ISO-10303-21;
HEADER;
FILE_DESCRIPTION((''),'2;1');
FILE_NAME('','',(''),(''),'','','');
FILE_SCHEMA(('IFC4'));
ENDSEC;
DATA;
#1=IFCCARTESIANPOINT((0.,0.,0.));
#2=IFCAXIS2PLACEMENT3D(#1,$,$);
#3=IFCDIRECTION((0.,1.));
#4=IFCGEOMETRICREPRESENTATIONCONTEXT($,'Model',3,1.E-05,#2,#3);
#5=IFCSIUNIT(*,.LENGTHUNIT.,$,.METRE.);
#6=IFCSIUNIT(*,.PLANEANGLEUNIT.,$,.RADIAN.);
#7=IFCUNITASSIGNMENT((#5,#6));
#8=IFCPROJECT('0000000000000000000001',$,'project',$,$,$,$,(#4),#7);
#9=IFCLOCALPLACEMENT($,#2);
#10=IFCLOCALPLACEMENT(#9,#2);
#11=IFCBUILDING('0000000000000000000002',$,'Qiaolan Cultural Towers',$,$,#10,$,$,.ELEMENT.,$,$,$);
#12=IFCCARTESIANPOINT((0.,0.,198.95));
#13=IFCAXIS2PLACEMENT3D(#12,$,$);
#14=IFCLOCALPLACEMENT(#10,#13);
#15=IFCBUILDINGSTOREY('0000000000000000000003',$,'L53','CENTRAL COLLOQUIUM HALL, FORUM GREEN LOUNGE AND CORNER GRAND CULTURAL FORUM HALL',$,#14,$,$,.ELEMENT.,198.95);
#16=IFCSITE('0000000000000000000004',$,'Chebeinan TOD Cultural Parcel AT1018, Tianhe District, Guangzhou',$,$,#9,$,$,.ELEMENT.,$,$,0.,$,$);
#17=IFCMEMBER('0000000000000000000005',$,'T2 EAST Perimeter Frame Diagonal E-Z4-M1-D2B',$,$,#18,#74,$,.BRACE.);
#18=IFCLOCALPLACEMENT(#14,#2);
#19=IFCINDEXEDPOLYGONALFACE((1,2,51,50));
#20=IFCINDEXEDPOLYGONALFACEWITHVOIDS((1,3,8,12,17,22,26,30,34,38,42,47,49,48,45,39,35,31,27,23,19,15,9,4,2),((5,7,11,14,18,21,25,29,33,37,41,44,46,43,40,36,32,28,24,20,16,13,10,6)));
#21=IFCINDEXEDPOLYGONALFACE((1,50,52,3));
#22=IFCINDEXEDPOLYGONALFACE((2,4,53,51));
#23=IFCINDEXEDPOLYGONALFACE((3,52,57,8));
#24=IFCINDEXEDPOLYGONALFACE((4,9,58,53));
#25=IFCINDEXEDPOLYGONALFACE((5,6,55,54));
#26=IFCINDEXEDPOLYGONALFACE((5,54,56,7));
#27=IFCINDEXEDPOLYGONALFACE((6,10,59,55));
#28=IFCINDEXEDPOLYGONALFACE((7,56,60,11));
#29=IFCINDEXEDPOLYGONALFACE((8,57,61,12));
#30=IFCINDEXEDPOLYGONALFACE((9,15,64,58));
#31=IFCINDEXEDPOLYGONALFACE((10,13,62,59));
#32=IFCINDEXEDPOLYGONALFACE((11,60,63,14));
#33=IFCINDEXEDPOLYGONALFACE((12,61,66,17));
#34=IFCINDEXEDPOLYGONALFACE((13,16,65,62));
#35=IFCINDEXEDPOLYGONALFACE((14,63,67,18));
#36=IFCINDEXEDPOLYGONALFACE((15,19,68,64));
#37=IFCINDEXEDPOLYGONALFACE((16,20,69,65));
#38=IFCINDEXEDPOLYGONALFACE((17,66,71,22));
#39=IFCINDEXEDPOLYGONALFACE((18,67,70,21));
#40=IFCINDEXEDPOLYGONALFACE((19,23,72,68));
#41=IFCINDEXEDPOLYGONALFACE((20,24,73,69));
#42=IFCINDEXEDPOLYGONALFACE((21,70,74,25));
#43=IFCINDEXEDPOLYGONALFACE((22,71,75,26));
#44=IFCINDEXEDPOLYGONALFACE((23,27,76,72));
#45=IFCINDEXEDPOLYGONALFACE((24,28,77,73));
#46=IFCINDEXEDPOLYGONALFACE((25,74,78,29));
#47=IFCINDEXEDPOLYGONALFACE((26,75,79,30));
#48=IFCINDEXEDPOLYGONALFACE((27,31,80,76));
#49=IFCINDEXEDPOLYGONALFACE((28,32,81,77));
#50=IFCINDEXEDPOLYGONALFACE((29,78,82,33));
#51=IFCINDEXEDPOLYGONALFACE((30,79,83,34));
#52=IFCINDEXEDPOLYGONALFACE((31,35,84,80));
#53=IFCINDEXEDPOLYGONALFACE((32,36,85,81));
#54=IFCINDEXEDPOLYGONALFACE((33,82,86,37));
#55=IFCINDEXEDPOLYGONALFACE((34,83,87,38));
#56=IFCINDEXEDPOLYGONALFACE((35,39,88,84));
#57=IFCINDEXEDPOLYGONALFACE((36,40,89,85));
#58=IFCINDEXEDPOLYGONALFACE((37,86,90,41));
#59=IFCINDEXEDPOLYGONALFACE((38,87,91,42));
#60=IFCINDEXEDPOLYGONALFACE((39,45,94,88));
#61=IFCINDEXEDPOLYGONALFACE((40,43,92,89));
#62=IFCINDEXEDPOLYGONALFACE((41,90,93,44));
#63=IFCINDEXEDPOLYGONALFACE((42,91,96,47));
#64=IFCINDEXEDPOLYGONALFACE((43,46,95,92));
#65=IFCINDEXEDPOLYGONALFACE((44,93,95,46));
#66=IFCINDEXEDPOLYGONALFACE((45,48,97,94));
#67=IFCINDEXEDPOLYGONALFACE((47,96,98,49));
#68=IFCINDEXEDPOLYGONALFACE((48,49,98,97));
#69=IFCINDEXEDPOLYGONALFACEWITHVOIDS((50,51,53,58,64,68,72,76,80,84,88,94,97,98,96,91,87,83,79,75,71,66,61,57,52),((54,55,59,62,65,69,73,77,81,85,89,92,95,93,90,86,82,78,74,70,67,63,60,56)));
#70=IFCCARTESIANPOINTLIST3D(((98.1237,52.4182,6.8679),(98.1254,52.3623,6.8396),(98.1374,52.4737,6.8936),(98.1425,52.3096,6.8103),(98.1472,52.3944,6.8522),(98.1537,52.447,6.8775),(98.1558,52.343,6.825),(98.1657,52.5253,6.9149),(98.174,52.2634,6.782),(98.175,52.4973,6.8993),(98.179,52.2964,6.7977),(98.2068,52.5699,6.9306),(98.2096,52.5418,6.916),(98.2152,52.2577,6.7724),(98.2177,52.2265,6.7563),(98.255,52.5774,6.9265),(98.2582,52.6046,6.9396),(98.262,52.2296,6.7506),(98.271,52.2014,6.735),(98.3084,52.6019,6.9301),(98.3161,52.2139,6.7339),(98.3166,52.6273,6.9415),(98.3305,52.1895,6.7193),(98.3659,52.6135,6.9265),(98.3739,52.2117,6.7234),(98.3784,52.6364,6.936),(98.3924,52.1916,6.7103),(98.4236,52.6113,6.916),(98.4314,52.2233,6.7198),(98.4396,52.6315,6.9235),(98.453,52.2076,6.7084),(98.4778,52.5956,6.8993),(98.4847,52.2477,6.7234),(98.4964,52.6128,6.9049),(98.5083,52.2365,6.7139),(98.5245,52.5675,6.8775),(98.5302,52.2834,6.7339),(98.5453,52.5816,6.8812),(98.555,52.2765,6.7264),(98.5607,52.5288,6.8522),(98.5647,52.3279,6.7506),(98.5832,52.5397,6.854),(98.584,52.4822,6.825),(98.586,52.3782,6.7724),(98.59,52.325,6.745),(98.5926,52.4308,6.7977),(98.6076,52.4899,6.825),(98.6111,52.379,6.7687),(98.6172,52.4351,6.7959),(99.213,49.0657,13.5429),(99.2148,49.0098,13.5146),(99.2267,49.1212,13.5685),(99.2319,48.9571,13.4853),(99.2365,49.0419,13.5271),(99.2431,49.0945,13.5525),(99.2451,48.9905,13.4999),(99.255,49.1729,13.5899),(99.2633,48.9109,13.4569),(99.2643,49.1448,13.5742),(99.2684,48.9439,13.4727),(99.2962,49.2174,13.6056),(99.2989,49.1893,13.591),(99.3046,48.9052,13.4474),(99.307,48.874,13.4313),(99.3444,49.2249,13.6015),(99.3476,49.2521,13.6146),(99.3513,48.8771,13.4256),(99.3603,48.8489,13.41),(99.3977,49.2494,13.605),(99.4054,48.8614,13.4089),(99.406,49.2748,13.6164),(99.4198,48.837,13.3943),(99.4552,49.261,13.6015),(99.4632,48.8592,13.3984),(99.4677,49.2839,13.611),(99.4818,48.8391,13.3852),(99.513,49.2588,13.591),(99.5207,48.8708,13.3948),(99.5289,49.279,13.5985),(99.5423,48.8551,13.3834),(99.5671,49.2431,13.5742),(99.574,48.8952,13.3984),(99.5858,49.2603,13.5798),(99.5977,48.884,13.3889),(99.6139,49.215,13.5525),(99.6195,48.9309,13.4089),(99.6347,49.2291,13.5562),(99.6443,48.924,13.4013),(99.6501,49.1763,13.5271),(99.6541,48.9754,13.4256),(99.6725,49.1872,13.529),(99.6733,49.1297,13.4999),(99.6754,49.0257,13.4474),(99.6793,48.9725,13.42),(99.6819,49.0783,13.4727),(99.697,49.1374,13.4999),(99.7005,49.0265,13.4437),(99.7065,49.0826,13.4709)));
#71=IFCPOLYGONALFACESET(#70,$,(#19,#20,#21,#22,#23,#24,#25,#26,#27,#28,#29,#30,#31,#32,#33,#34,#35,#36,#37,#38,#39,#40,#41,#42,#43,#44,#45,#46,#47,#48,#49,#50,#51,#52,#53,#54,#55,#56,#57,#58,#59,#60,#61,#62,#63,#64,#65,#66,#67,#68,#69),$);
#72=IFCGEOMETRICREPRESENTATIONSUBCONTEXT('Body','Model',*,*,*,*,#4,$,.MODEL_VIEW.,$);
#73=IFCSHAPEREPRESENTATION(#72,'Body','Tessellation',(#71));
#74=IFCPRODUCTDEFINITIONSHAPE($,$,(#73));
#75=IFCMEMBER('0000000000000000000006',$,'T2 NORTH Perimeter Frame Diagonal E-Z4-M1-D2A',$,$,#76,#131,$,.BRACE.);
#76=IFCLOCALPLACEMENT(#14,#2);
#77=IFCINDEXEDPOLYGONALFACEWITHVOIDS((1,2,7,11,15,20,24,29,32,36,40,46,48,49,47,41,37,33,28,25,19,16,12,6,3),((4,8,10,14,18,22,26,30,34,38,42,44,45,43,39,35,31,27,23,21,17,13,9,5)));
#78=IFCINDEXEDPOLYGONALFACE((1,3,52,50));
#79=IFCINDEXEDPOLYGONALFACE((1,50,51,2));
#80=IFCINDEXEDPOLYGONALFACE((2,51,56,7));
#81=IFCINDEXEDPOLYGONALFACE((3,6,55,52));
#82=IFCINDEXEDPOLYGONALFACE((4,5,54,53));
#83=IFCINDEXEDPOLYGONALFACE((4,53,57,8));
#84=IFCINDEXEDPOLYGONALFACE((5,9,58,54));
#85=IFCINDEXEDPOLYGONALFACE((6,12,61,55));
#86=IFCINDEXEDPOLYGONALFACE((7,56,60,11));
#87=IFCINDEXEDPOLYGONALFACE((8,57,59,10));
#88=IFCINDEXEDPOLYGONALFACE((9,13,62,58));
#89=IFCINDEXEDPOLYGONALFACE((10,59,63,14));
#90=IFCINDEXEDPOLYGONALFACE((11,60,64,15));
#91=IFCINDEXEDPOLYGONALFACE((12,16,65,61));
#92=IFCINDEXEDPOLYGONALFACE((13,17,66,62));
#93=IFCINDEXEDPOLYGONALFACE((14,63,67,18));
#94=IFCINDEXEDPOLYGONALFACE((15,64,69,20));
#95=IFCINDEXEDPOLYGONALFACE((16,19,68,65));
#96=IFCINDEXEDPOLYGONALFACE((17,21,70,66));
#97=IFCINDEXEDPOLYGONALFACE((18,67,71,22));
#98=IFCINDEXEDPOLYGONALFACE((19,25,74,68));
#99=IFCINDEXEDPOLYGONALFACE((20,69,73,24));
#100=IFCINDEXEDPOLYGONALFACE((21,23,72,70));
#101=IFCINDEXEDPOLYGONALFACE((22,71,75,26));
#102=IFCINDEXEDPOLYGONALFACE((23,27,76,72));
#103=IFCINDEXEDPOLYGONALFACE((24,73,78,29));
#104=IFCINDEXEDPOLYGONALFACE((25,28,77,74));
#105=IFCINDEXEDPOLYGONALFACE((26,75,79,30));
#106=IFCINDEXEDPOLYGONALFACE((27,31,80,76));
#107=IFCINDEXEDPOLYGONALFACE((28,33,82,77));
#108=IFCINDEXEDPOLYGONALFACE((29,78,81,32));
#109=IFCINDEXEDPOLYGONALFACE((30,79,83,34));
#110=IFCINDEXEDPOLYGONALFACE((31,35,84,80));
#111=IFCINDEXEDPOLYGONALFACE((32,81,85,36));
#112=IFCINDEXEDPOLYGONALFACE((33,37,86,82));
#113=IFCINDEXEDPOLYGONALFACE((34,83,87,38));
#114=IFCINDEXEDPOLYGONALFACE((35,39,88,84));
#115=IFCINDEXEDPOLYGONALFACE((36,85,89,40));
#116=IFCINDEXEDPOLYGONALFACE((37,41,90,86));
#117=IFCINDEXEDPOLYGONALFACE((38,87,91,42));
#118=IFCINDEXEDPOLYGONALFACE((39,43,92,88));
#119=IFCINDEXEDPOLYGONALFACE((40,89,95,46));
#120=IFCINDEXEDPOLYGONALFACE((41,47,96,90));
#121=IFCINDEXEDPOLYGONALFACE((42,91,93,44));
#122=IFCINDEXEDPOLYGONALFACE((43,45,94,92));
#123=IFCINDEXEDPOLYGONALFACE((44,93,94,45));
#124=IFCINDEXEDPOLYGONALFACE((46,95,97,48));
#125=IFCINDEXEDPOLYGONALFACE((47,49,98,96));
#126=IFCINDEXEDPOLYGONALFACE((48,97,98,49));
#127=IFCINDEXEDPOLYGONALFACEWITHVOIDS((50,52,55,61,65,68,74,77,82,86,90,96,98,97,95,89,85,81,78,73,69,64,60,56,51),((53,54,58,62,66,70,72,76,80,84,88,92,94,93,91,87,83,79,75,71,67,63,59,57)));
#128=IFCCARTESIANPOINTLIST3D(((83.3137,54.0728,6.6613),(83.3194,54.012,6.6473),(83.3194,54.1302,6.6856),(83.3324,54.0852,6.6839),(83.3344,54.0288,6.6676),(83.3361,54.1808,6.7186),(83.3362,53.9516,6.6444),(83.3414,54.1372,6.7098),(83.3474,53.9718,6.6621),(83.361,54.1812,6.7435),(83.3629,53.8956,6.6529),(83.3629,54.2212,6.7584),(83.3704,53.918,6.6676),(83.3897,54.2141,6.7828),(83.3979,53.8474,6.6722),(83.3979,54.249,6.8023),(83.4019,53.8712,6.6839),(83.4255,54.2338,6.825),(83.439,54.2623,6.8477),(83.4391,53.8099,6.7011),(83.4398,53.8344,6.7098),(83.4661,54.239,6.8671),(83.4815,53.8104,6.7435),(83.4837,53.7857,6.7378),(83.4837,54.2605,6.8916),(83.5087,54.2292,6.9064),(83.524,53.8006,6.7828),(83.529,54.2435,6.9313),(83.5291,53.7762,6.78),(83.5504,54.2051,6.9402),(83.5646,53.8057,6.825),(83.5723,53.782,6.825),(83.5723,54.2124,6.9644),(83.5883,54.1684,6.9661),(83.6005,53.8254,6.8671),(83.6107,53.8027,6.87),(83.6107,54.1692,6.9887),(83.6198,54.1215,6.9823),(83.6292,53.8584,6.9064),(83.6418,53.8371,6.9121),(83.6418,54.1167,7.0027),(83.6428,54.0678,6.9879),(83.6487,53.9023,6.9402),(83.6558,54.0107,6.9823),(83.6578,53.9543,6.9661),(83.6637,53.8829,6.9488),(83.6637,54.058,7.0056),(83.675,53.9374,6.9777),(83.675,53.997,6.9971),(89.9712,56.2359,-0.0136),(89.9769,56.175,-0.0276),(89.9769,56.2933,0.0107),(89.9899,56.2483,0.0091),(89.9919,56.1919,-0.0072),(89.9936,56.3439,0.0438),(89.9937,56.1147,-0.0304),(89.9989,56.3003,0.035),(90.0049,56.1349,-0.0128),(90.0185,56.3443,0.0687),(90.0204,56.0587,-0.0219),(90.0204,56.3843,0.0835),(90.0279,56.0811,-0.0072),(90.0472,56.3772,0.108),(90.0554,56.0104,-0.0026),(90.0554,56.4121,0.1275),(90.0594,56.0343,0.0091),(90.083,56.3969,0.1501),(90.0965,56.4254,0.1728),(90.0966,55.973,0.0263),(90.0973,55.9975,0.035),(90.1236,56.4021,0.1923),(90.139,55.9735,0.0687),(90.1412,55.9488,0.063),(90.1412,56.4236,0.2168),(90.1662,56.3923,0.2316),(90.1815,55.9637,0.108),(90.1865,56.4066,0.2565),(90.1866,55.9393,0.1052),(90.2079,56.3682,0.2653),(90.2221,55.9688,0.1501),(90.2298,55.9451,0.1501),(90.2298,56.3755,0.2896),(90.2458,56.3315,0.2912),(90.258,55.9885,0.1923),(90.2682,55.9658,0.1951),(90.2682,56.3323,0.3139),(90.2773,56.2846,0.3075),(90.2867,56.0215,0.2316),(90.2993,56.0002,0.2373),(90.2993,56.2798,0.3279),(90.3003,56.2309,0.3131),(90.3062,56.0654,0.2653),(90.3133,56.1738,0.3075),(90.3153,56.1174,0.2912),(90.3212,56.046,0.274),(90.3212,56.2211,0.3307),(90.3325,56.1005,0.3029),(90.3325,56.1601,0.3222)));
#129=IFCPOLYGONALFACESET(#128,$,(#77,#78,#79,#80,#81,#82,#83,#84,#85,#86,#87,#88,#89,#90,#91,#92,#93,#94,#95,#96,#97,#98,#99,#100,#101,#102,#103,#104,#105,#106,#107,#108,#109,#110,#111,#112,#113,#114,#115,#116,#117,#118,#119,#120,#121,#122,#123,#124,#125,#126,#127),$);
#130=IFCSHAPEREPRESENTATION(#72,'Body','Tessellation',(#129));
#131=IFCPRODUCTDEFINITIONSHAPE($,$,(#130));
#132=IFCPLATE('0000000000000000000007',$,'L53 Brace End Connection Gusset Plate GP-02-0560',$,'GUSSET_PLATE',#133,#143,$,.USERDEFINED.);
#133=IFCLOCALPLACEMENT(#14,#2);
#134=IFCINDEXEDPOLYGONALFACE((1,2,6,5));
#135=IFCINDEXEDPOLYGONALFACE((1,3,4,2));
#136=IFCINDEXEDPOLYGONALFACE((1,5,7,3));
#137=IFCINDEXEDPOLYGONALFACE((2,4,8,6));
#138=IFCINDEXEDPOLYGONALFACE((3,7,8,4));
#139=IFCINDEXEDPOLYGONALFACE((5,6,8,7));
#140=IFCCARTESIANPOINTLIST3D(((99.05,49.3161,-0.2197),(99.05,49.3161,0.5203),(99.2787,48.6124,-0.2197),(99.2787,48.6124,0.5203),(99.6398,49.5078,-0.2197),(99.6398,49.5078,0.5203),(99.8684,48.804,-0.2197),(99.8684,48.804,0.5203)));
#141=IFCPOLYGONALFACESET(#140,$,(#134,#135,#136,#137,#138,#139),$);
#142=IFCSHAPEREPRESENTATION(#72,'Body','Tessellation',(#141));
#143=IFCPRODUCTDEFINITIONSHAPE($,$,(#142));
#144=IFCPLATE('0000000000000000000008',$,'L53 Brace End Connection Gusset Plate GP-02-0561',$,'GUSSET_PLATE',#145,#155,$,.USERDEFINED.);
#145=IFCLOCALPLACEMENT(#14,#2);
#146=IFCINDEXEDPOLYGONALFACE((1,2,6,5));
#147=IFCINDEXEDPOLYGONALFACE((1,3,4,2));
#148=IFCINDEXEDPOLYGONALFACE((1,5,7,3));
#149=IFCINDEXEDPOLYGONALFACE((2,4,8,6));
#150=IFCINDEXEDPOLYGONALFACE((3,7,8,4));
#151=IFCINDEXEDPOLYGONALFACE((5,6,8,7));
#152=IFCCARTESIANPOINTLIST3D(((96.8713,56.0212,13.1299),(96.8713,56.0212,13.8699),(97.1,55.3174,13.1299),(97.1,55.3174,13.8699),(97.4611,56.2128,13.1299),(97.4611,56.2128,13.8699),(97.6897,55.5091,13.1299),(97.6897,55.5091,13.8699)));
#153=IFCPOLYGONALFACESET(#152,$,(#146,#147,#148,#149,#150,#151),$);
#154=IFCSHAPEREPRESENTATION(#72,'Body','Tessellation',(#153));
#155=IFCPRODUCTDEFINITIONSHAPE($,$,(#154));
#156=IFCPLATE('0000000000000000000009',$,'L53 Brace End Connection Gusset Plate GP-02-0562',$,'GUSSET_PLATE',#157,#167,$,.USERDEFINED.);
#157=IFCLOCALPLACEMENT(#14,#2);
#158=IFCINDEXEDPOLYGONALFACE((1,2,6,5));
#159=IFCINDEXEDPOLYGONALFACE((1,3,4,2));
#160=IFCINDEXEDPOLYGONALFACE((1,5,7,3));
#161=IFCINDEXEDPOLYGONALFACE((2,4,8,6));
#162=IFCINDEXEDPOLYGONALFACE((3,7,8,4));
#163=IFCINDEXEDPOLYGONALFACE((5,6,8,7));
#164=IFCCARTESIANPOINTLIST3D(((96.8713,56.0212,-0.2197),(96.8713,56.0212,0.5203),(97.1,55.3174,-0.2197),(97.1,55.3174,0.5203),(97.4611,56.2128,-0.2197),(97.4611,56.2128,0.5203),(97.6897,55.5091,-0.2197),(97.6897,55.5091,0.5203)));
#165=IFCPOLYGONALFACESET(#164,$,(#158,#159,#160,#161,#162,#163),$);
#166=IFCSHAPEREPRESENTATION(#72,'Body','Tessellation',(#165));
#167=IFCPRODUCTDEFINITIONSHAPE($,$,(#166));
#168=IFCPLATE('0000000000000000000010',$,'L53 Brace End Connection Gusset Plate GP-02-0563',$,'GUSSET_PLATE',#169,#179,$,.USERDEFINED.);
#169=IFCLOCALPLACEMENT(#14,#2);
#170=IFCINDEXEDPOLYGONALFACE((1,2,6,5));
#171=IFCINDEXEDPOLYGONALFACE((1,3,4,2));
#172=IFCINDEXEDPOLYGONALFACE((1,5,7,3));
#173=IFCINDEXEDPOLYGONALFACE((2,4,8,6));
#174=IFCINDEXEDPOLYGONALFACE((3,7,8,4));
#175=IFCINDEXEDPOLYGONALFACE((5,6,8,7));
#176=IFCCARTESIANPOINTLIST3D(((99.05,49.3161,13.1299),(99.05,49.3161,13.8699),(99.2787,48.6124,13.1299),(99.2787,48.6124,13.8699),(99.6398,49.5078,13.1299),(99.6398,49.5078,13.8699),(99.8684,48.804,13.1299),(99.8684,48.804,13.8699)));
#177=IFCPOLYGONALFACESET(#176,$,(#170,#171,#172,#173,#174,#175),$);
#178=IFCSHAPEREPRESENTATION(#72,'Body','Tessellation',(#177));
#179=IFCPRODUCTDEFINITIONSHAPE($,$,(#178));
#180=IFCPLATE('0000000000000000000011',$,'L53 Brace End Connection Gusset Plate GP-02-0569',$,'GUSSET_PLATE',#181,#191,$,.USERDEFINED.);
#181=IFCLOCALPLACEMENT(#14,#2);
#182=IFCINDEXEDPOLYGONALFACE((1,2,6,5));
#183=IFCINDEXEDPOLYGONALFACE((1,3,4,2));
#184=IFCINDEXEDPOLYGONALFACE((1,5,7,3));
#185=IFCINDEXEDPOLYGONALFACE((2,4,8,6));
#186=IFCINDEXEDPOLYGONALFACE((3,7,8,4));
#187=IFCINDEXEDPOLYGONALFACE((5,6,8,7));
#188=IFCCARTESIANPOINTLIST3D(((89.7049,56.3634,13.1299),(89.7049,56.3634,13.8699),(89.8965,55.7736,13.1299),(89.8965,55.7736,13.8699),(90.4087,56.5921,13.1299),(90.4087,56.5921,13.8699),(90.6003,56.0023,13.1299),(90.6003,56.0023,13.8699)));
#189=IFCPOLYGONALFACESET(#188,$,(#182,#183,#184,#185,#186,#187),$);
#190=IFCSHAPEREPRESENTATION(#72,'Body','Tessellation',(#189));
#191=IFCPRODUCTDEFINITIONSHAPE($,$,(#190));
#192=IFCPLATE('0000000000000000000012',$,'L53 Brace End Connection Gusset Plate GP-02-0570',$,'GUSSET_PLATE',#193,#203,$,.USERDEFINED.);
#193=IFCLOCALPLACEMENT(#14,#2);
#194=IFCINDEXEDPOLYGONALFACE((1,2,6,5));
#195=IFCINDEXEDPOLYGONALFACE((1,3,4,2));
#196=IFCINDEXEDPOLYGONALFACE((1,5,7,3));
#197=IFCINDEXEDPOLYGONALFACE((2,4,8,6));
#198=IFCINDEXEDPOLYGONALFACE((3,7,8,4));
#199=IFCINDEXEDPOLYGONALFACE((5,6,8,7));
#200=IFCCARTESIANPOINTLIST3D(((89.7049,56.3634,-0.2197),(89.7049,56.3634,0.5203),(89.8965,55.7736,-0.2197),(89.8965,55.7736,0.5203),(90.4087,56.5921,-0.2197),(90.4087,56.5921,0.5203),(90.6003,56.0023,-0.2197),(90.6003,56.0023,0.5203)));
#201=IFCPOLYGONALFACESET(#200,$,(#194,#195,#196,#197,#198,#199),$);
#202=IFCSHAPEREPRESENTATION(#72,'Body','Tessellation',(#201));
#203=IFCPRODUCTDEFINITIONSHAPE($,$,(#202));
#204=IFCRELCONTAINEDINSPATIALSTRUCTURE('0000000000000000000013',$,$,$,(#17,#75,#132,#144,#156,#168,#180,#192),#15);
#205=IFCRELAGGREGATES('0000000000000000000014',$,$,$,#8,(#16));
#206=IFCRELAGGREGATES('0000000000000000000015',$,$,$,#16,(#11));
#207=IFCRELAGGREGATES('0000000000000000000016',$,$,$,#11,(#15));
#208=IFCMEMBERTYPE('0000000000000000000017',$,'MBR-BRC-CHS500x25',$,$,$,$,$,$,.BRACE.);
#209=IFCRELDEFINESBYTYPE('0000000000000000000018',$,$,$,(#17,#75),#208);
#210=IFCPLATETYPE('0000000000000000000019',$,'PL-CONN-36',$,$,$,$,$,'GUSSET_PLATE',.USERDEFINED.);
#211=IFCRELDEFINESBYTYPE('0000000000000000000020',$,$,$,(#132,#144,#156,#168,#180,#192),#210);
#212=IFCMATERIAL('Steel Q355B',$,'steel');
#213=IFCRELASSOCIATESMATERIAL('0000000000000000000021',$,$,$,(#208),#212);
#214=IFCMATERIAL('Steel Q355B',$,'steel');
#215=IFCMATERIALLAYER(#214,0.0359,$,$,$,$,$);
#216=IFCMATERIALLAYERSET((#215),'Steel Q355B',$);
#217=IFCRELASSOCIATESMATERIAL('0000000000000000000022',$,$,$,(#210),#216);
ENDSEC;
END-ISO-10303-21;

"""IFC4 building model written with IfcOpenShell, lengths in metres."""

from ifc_helpers import new_model, si_unit, direction, frame, origin, origin_2d, place, context, subcontext, project, spatial, rectangle, hollow_circle, extrude, material, layer, layer_set, material_profile, profile_set, type_object, element, save


model = new_model("IFC4")

# Units and contexts
model_context = context("Model", 3, precision=1e-05, world=origin(), true_north=direction((0.0, 1.0)))
body_context = subcontext(model_context, "Body", "Model", "MODEL_VIEW")
ifc_project = project(units=[si_unit("LENGTHUNIT", "METRE"), si_unit("PLANEANGLEUNIT", "RADIAN")], contexts=[model_context])

# Site, building, storey
site_placement = place(None, origin())
site = spatial("IfcSite", under=ifc_project, at=site_placement, Name="Chebeinan TOD Cultural Parcel AT1018, Tianhe District, Guangzhou", CompositionType="ELEMENT", RefElevation=0.0)
building_placement = place(site_placement, origin())
building = spatial("IfcBuilding", under=site, at=building_placement, Name="Qiaolan Cultural Towers", CompositionType="ELEMENT")
storey_placement = place(building_placement, frame((0.0, 0.0, 198.95)))
storey = spatial("IfcBuildingStorey", under=building, at=storey_placement, Name="L53", Description="CENTRAL COLLOQUIUM HALL, FORUM GREEN LOUNGE AND CORNER GRAND CULTURAL FORUM HALL", CompositionType="ELEMENT", Elevation=198.95)

# Members
ifc_material_1 = material(Name="Steel Q355B", Category="steel")
ifc_material_profile_1 = material_profile(ifc_material_1, hollow_circle(Radius=0.25, WallThickness=0.0249, at=origin_2d()), Name="CHS500x25")
ifc_profile_set_1 = profile_set([ifc_material_profile_1], Name="Steel Q355B")
member_type = type_object("IfcMemberType", Name="MBR-BRC-CHS500x25", PredefinedType="BRACE", material=ifc_profile_set_1)
member_1_placement = place(storey_placement, frame((98.3699, 52.4126, 6.825), z_axis=(0.144311, -0.444123, 0.884268), x_axis=(0.951052, 0.30903, 0.0)))
element("IfcMember", 1, at=member_1_placement, inside=storey, type_object=member_type, Name="T2 EAST Perimeter Frame Diagonal E-Z4-M1-D2B", PredefinedType="BRACE", context=body_context, shape_type="SweptSolid", body=[
    extrude(hollow_circle(Radius=0.25, WallThickness=0.0249, at=origin_2d()), origin(), (0.0, 0.0, 1.0), 7.5486),
])
member_2_placement = place(storey_placement, frame((90.1526, 56.1829, 0.1501), z_axis=(-0.688301, -0.223637, 0.690093), x_axis=(0.30901, -0.951059, 0.0)))
element("IfcMember", 2, at=member_2_placement, inside=storey, type_object=member_type, Name="T2 NORTH Perimeter Frame Diagonal E-Z4-M1-D2A", PredefinedType="BRACE", context=body_context, shape_type="SweptSolid", body=[
    extrude(hollow_circle(Radius=0.25, WallThickness=0.0249, at=origin_2d()), origin(), (0.0, 0.0, 1.0), 9.6724),
])

# Plates
ifc_material_2 = material(Name="Steel Q355B", Category="steel")
ifc_layer_1 = layer(ifc_material_2, 0.0359)
ifc_layer_set_1 = layer_set([ifc_layer_1], Name="Steel Q355B")
plate_type_1 = type_object("IfcPlateType", Name="PL-CONN-36", ElementType="GUSSET_PLATE", PredefinedType="USERDEFINED", material=ifc_layer_set_1)
for number, where, z_axis, x_axis, name in (
    (3, (99.4592, 49.0601, -0.2197), (0.0, 0.0, 1.0), (-0.309017, 0.951057, 0.0), "L53 Brace End Connection Gusset Plate GP-02-0560"),
    (4, (97.2805, 55.7651, 13.1299), (0.0, 0.0, 1.0), (-0.309017, 0.951057, 0.0), "L53 Brace End Connection Gusset Plate GP-02-0561"),
    (5, (97.2805, 55.7651, -0.2197), (0.0, 0.0, 1.0), (-0.309017, 0.951057, 0.0), "L53 Brace End Connection Gusset Plate GP-02-0562"),
    (6, (99.4592, 49.0601, 13.1299), (0.0, 0.0, 1.0), (-0.309017, 0.951057, 0.0), "L53 Brace End Connection Gusset Plate GP-02-0563"),
    (7, (90.1526, 56.1829, 13.1299), (0.0, 0.0, 1.0), (0.951057, 0.309017, 0.0), "L53 Brace End Connection Gusset Plate GP-02-0569"),
    (8, (90.1526, 56.1829, -0.2197), (0.0, 0.0, 1.0), (0.951057, 0.309017, 0.0), "L53 Brace End Connection Gusset Plate GP-02-0570"),
):
    element("IfcPlate", number, at=place(storey_placement, frame(where, z_axis=z_axis, x_axis=x_axis)), inside=storey, type_object=plate_type_1, Name=name, ObjectType="GUSSET_PLATE", PredefinedType="USERDEFINED", context=body_context, shape_type="SweptSolid", body=[
        extrude(rectangle(XDim=0.74, YDim=0.6201, at=origin_2d()), origin(), (0.0, 0.0, 1.0), 0.74),
    ])

save(model, "model.ifc")
